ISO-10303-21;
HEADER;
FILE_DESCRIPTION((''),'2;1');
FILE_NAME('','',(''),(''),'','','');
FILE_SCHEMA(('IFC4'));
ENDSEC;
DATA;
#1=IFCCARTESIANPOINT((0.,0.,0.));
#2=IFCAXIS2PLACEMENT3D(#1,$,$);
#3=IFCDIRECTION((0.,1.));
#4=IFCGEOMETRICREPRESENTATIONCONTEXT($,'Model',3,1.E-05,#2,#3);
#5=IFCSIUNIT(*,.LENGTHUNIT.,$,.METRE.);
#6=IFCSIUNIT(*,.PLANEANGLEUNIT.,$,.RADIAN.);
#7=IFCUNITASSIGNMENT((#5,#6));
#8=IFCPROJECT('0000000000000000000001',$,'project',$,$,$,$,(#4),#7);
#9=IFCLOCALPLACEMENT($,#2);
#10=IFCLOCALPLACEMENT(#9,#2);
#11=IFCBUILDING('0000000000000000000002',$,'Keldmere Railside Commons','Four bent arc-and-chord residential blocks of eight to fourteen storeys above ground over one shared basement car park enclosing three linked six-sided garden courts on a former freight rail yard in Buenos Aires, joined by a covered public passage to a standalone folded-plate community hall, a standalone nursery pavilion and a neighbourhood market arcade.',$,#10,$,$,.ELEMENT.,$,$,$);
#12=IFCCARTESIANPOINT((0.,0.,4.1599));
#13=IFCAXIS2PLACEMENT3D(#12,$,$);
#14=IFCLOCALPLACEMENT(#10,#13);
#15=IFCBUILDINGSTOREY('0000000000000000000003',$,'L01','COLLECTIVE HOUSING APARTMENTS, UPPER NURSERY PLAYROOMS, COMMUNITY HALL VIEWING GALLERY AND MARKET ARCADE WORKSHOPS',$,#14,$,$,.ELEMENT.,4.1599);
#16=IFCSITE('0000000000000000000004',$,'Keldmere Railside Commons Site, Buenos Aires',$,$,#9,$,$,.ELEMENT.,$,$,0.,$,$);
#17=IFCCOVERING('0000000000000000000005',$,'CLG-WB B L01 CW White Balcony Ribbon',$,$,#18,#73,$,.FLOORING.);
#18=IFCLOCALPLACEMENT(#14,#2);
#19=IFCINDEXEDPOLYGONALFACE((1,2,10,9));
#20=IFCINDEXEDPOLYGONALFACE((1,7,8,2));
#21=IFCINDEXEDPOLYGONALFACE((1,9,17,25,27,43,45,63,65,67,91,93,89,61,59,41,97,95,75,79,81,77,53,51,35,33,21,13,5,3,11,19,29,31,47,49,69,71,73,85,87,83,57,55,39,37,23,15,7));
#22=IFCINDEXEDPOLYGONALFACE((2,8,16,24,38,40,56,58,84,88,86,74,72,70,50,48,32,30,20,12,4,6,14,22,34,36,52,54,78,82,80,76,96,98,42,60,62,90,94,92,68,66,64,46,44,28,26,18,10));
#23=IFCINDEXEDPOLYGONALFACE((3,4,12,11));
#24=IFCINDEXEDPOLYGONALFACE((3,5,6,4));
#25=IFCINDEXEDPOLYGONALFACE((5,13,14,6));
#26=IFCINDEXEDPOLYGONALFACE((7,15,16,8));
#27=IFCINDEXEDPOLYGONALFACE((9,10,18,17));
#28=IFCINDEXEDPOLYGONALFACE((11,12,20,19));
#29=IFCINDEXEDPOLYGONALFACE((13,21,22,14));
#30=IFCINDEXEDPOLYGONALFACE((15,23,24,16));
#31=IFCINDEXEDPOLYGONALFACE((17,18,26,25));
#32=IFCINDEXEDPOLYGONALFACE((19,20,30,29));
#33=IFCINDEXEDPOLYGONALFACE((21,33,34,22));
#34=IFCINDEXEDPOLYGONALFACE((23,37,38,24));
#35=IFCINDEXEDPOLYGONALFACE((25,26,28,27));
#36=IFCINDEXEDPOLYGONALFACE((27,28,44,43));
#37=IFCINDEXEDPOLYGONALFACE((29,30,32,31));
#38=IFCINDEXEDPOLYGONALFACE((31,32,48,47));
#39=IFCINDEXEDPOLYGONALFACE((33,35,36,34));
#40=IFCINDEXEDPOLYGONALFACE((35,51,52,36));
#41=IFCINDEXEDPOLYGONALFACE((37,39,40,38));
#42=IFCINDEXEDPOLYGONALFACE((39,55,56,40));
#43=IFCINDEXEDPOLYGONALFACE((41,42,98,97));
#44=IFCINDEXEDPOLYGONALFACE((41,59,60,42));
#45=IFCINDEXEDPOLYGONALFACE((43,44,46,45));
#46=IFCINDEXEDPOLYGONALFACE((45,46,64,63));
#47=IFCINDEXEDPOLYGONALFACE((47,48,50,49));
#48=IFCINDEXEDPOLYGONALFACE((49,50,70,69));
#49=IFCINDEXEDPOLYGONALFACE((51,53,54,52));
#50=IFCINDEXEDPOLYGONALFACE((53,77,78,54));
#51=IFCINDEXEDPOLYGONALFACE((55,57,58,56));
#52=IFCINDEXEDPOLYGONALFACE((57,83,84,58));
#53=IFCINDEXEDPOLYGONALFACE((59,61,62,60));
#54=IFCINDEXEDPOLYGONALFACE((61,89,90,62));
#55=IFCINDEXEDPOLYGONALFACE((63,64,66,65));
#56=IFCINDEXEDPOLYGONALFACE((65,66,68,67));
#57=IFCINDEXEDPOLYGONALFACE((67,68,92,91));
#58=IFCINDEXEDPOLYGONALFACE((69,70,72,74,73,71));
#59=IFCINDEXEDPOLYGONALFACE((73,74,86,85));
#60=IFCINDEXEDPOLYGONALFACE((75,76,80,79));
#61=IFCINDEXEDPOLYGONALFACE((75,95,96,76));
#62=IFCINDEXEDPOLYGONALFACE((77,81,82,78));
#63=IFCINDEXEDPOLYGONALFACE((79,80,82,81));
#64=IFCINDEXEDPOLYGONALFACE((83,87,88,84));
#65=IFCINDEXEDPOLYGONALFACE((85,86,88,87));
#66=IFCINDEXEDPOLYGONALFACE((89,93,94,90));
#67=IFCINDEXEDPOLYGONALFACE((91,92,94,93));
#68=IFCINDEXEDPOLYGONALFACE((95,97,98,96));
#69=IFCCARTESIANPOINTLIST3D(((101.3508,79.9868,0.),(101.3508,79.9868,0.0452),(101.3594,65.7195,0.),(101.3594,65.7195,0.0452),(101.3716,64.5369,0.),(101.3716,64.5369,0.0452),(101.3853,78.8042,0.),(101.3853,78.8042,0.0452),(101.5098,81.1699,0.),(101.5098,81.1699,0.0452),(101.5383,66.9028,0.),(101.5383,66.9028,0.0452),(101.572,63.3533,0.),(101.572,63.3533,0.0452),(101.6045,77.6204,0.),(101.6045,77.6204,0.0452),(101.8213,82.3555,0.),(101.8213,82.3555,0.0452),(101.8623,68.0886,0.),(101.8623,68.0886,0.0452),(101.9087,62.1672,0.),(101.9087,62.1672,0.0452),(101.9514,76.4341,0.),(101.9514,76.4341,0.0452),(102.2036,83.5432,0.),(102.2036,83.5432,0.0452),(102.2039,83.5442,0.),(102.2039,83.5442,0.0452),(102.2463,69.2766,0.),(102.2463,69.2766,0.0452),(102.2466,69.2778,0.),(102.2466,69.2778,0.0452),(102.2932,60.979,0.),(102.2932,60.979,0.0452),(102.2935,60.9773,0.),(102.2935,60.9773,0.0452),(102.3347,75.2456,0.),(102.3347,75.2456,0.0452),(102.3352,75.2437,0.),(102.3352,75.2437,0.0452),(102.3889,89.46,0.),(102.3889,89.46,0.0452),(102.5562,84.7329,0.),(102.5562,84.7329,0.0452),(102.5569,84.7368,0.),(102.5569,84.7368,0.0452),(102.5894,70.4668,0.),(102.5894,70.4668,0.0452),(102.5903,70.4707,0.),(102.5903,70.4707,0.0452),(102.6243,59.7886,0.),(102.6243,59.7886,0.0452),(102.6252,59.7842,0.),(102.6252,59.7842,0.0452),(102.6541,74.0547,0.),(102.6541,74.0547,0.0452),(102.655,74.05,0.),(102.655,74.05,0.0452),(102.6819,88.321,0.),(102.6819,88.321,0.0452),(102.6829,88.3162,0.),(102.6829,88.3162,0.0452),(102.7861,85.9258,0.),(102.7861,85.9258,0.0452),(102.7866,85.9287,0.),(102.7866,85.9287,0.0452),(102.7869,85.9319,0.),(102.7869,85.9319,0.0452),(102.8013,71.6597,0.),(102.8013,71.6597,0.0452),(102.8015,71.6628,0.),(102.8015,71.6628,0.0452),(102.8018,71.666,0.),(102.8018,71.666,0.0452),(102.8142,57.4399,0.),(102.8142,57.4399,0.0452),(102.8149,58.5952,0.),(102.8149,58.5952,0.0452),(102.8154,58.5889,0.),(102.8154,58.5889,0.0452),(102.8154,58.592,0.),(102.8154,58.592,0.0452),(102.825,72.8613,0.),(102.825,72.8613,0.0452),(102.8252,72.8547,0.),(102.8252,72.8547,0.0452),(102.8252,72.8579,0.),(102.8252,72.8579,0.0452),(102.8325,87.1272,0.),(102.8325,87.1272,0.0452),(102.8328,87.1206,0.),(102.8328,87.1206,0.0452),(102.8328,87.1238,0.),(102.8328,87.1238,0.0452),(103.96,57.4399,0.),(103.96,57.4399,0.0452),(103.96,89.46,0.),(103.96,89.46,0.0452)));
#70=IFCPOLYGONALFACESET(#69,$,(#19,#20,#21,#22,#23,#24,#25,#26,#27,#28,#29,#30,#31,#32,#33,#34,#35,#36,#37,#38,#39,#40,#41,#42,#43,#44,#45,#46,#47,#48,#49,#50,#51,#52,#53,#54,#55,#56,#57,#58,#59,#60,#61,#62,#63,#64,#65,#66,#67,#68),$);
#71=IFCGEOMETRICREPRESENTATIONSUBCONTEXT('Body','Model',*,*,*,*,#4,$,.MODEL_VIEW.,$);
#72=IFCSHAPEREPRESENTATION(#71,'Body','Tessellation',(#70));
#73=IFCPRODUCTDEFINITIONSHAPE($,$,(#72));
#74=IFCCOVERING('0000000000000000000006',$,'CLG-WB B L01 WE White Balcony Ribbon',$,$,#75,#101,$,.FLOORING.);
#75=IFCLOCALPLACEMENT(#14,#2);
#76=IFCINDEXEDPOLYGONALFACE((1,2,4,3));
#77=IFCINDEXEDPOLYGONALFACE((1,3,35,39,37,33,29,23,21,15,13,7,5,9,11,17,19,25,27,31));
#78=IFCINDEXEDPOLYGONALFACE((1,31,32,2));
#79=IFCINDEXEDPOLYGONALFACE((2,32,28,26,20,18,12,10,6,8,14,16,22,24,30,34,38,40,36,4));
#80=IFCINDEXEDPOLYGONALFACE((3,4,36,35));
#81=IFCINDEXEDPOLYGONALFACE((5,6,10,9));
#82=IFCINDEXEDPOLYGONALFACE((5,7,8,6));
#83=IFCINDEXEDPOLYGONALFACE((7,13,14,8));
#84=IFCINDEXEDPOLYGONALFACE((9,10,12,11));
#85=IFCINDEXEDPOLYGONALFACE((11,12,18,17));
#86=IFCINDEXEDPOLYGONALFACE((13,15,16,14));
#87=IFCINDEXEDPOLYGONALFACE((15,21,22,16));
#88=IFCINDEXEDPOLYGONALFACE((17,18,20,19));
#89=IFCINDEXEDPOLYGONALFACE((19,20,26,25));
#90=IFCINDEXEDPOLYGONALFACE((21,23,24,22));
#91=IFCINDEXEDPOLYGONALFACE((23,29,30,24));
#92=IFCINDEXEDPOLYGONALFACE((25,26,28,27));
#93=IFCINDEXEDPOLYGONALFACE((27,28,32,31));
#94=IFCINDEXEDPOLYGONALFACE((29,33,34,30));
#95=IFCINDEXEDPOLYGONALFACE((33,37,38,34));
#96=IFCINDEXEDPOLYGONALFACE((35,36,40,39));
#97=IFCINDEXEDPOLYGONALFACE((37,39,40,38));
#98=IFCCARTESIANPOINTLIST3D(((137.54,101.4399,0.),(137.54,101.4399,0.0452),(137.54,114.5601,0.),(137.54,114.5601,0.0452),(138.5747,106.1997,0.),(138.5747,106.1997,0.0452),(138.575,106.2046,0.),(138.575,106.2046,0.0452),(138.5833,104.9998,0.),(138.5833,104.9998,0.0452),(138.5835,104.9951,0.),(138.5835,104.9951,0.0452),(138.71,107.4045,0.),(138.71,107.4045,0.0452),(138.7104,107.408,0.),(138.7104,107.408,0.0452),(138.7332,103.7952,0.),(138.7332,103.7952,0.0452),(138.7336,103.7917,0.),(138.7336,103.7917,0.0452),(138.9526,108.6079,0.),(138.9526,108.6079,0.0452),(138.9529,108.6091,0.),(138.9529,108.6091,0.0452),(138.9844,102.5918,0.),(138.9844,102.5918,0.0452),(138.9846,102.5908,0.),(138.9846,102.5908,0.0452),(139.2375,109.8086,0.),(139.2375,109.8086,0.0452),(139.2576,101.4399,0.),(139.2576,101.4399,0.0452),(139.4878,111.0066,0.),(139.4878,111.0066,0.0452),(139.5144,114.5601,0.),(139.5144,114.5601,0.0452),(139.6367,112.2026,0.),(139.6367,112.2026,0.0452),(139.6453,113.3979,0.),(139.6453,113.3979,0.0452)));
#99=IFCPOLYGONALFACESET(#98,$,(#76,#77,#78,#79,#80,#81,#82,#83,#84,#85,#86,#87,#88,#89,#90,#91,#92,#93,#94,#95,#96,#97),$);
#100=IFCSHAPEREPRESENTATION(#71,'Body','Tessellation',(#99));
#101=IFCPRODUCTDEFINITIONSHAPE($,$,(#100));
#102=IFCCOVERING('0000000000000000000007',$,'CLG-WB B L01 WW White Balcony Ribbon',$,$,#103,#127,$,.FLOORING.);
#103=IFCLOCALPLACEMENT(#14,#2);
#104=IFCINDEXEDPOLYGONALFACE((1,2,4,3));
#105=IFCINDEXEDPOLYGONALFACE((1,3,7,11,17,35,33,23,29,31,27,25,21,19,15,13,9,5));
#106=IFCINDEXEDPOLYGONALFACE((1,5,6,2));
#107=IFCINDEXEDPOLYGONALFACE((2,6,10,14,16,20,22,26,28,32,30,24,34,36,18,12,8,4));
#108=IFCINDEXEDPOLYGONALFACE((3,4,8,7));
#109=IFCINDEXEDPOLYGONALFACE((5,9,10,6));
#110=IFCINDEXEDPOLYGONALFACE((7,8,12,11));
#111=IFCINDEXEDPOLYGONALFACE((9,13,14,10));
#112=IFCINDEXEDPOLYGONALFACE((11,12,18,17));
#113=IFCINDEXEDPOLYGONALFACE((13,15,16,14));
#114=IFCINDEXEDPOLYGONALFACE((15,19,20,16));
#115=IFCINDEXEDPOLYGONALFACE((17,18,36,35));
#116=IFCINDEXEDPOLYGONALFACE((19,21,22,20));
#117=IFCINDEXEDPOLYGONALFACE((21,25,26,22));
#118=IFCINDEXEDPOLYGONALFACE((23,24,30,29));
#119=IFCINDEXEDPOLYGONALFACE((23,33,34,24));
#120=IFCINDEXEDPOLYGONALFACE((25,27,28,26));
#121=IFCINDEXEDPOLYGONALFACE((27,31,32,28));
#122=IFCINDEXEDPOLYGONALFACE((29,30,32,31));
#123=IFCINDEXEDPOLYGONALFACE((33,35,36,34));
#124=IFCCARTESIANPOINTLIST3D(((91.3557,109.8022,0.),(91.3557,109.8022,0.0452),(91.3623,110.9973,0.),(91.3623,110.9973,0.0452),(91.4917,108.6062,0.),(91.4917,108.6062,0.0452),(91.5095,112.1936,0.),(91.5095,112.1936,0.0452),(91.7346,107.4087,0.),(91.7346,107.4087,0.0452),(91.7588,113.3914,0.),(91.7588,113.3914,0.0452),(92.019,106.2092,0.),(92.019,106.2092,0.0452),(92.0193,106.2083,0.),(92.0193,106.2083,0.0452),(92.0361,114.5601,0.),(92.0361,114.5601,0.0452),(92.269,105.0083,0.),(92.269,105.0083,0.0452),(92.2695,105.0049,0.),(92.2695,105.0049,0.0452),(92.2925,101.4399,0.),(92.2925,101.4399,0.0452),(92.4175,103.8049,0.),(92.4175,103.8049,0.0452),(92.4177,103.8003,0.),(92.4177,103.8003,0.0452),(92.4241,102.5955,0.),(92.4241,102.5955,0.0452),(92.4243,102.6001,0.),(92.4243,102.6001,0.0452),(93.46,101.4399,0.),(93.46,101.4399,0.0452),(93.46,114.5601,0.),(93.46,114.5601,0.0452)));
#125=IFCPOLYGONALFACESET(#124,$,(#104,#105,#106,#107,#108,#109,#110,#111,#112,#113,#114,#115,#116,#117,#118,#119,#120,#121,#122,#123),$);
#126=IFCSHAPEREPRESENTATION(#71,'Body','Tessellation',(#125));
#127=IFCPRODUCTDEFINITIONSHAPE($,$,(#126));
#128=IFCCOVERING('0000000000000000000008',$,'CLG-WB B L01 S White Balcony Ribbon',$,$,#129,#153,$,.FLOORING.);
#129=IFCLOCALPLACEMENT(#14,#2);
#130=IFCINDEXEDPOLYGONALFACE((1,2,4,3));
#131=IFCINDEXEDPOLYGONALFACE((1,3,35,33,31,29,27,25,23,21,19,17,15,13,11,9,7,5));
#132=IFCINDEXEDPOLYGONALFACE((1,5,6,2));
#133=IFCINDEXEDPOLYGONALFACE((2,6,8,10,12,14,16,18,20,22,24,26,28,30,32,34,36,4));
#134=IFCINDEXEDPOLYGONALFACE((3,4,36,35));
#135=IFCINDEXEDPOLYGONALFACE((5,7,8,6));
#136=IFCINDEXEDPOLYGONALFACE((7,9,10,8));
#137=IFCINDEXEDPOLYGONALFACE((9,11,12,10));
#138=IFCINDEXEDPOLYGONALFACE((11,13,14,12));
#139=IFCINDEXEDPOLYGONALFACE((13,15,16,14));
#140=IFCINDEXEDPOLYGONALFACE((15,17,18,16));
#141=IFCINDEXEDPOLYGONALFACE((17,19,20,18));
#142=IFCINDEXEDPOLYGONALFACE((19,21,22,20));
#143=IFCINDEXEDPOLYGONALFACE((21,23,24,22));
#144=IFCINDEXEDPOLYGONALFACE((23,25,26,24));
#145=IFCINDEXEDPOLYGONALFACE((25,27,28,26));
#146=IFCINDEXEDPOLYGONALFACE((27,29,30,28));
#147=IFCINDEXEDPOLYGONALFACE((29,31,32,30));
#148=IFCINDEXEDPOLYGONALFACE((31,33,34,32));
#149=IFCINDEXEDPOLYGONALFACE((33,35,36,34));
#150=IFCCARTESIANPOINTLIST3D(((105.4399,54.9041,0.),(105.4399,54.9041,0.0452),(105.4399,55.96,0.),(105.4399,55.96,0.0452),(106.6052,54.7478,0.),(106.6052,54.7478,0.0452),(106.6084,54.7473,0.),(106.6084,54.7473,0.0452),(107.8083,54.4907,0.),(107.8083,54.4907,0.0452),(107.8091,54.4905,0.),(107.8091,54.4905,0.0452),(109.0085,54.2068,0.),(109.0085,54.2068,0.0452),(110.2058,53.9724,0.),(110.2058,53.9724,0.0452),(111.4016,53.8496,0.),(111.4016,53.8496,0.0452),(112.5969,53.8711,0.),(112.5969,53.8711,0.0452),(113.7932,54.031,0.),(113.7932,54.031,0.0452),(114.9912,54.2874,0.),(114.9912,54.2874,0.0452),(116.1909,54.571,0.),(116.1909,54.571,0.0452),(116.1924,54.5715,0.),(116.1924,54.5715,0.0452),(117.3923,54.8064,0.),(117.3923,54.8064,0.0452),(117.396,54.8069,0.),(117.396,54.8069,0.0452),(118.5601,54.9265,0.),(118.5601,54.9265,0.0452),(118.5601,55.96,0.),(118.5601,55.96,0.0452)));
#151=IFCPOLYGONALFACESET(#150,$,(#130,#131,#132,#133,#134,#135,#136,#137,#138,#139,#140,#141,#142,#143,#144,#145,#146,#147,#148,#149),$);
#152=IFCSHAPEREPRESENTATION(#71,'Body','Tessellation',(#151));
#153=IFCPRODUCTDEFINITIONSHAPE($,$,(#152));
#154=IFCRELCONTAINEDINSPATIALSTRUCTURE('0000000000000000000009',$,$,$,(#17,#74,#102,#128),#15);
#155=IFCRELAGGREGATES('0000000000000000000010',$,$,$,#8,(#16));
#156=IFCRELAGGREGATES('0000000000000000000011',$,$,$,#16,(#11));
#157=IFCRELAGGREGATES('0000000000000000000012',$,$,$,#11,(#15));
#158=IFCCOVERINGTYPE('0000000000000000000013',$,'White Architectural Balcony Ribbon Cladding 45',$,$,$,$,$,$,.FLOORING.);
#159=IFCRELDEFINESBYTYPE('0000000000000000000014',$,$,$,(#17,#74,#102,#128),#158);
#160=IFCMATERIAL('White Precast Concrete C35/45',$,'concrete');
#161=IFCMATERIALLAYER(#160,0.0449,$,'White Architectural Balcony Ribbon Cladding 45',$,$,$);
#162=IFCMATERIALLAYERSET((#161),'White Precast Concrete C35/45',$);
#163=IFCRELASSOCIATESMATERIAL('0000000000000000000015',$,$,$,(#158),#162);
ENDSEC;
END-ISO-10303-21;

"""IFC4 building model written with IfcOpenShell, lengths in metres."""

from ifc_helpers import new_model, si_unit, direction, frame, origin, place, context, subcontext, project, spatial, polyline, outline, extrude, material, layer, layer_set, type_object, element, save


model = new_model("IFC4")

# Units and contexts
model_context = context("Model", 3, precision=1e-05, world=origin(), true_north=direction((0.0, 1.0)))
body_context = subcontext(model_context, "Body", "Model", "MODEL_VIEW")
ifc_project = project(units=[si_unit("LENGTHUNIT", "METRE"), si_unit("PLANEANGLEUNIT", "RADIAN")], contexts=[model_context])

# Site, building, storey
site_placement = place(None, origin())
site = spatial("IfcSite", under=ifc_project, at=site_placement, Name="Keldmere Railside Commons Site, Buenos Aires", CompositionType="ELEMENT", RefElevation=0.0)
building_placement = place(site_placement, origin())
building = spatial("IfcBuilding", under=site, at=building_placement, Name="Keldmere Railside Commons", Description="Four bent arc-and-chord residential blocks of eight to fourteen storeys above ground over one shared basement car park enclosing three linked six-sided garden courts on a former freight rail yard in Buenos Aires, joined by a covered public passage to a standalone folded-plate community hall, a standalone nursery pavilion and a neighbourhood market arcade.", CompositionType="ELEMENT")
storey_placement = place(building_placement, frame((0.0, 0.0, 4.1599)))
storey = spatial("IfcBuildingStorey", under=building, at=storey_placement, Name="L01", Description="COLLECTIVE HOUSING APARTMENTS, UPPER NURSERY PLAYROOMS, COMMUNITY HALL VIEWING GALLERY AND MARKET ARCADE WORKSHOPS", CompositionType="ELEMENT", Elevation=4.1599)

# Coverings
ifc_material_1 = material(Name="White Precast Concrete C35/45", Category="concrete")
ifc_layer_1 = layer(ifc_material_1, 0.0449, Name="White Architectural Balcony Ribbon Cladding 45")
ifc_layer_set_1 = layer_set([ifc_layer_1], Name="White Precast Concrete C35/45")
covering_type = type_object("IfcCoveringType", Name="White Architectural Balcony Ribbon Cladding 45", PredefinedType="FLOORING", material=ifc_layer_set_1)
covering_1_placement = place(storey_placement, origin())
element("IfcCovering", 1, at=covering_1_placement, inside=storey, type_object=covering_type, Name="CLG-WB B L01 CW White Balcony Ribbon", PredefinedType="FLOORING", context=body_context, shape_type="SweptSolid", body=[
    extrude(outline(polyline([(103.96, 89.46), (102.3889, 89.46), (102.6819, 88.321), (102.6829, 88.3162), (102.8325, 87.1272), (102.8328, 87.1238), (102.8328, 87.1206), (102.7869, 85.9319), (102.7866, 85.9287), (102.7861, 85.9258), (102.5569, 84.7368), (102.5562, 84.7329), (102.2039, 83.5442), (102.2036, 83.5432), (101.8213, 82.3555), (101.5098, 81.1699), (101.3508, 79.9868), (101.3853, 78.8042), (101.6045, 77.6204), (101.9514, 76.4341), (102.3347, 75.2456), (102.3352, 75.2437), (102.6541, 74.0547), (102.655, 74.05), (102.825, 72.8613), (102.8252, 72.8579), (102.8252, 72.8547), (102.8018, 71.666), (102.8015, 71.6628), (102.8013, 71.6597), (102.5903, 70.4707), (102.5894, 70.4668), (102.2466, 69.2778), (102.2463, 69.2766), (101.8623, 68.0886), (101.5383, 66.9028), (101.3594, 65.7195), (101.3716, 64.5369), (101.572, 63.3533), (101.9087, 62.1672), (102.2932, 60.979), (102.2935, 60.9773), (102.6243, 59.7886), (102.6252, 59.7842), (102.8149, 58.5952), (102.8154, 58.592), (102.8154, 58.5889), (102.8142, 57.4399), (103.96, 57.4399), (103.96, 89.46)])), origin(), (0.0, 0.0, 1.0), 0.0452),
])
covering_2_placement = place(storey_placement, origin())
element("IfcCovering", 2, at=covering_2_placement, inside=storey, type_object=covering_type, Name="CLG-WB B L01 WE White Balcony Ribbon", PredefinedType="FLOORING", context=body_context, shape_type="SweptSolid", body=[
    extrude(outline(polyline([(138.9846, 102.5908), (138.9844, 102.5918), (138.7336, 103.7917), (138.7332, 103.7952), (138.5835, 104.9951), (138.5833, 104.9998), (138.5747, 106.1997), (138.575, 106.2046), (138.71, 107.4045), (138.7104, 107.408), (138.9526, 108.6079), (138.9529, 108.6091), (139.2375, 109.8086), (139.4878, 111.0066), (139.6367, 112.2026), (139.6453, 113.3979), (139.5144, 114.5601), (137.54, 114.5601), (137.54, 101.4399), (139.2576, 101.4399), (138.9846, 102.5908)])), origin(), (0.0, 0.0, 1.0), 0.0452),
])
covering_3_placement = place(storey_placement, origin())
element("IfcCovering", 3, at=covering_3_placement, inside=storey, type_object=covering_type, Name="CLG-WB B L01 WW White Balcony Ribbon", PredefinedType="FLOORING", context=body_context, shape_type="SweptSolid", body=[
    extrude(outline(polyline([(93.46, 114.5601), (92.0361, 114.5601), (91.7588, 113.3914), (91.5095, 112.1936), (91.3623, 110.9973), (91.3557, 109.8022), (91.4917, 108.6062), (91.7346, 107.4087), (92.019, 106.2092), (92.0193, 106.2083), (92.269, 105.0083), (92.2695, 105.0049), (92.4175, 103.8049), (92.4177, 103.8003), (92.4243, 102.6001), (92.4241, 102.5955), (92.2925, 101.4399), (93.46, 101.4399), (93.46, 114.5601)])), origin(), (0.0, 0.0, 1.0), 0.0452),
])
covering_4_placement = place(storey_placement, origin())
element("IfcCovering", 4, at=covering_4_placement, inside=storey, type_object=covering_type, Name="CLG-WB B L01 S White Balcony Ribbon", PredefinedType="FLOORING", context=body_context, shape_type="SweptSolid", body=[
    extrude(outline(polyline([(106.6052, 54.7478), (106.6084, 54.7473), (107.8083, 54.4907), (107.8091, 54.4905), (109.0085, 54.2068), (110.2058, 53.9724), (111.4016, 53.8496), (112.5969, 53.8711), (113.7932, 54.031), (114.9912, 54.2874), (116.1909, 54.571), (116.1924, 54.5715), (117.3923, 54.8064), (117.396, 54.8069), (118.5601, 54.9265), (118.5601, 55.96), (105.4399, 55.96), (105.4399, 54.9041), (106.6052, 54.7478)])), origin(), (0.0, 0.0, 1.0), 0.0452),
])

save(model, "model.ifc")
